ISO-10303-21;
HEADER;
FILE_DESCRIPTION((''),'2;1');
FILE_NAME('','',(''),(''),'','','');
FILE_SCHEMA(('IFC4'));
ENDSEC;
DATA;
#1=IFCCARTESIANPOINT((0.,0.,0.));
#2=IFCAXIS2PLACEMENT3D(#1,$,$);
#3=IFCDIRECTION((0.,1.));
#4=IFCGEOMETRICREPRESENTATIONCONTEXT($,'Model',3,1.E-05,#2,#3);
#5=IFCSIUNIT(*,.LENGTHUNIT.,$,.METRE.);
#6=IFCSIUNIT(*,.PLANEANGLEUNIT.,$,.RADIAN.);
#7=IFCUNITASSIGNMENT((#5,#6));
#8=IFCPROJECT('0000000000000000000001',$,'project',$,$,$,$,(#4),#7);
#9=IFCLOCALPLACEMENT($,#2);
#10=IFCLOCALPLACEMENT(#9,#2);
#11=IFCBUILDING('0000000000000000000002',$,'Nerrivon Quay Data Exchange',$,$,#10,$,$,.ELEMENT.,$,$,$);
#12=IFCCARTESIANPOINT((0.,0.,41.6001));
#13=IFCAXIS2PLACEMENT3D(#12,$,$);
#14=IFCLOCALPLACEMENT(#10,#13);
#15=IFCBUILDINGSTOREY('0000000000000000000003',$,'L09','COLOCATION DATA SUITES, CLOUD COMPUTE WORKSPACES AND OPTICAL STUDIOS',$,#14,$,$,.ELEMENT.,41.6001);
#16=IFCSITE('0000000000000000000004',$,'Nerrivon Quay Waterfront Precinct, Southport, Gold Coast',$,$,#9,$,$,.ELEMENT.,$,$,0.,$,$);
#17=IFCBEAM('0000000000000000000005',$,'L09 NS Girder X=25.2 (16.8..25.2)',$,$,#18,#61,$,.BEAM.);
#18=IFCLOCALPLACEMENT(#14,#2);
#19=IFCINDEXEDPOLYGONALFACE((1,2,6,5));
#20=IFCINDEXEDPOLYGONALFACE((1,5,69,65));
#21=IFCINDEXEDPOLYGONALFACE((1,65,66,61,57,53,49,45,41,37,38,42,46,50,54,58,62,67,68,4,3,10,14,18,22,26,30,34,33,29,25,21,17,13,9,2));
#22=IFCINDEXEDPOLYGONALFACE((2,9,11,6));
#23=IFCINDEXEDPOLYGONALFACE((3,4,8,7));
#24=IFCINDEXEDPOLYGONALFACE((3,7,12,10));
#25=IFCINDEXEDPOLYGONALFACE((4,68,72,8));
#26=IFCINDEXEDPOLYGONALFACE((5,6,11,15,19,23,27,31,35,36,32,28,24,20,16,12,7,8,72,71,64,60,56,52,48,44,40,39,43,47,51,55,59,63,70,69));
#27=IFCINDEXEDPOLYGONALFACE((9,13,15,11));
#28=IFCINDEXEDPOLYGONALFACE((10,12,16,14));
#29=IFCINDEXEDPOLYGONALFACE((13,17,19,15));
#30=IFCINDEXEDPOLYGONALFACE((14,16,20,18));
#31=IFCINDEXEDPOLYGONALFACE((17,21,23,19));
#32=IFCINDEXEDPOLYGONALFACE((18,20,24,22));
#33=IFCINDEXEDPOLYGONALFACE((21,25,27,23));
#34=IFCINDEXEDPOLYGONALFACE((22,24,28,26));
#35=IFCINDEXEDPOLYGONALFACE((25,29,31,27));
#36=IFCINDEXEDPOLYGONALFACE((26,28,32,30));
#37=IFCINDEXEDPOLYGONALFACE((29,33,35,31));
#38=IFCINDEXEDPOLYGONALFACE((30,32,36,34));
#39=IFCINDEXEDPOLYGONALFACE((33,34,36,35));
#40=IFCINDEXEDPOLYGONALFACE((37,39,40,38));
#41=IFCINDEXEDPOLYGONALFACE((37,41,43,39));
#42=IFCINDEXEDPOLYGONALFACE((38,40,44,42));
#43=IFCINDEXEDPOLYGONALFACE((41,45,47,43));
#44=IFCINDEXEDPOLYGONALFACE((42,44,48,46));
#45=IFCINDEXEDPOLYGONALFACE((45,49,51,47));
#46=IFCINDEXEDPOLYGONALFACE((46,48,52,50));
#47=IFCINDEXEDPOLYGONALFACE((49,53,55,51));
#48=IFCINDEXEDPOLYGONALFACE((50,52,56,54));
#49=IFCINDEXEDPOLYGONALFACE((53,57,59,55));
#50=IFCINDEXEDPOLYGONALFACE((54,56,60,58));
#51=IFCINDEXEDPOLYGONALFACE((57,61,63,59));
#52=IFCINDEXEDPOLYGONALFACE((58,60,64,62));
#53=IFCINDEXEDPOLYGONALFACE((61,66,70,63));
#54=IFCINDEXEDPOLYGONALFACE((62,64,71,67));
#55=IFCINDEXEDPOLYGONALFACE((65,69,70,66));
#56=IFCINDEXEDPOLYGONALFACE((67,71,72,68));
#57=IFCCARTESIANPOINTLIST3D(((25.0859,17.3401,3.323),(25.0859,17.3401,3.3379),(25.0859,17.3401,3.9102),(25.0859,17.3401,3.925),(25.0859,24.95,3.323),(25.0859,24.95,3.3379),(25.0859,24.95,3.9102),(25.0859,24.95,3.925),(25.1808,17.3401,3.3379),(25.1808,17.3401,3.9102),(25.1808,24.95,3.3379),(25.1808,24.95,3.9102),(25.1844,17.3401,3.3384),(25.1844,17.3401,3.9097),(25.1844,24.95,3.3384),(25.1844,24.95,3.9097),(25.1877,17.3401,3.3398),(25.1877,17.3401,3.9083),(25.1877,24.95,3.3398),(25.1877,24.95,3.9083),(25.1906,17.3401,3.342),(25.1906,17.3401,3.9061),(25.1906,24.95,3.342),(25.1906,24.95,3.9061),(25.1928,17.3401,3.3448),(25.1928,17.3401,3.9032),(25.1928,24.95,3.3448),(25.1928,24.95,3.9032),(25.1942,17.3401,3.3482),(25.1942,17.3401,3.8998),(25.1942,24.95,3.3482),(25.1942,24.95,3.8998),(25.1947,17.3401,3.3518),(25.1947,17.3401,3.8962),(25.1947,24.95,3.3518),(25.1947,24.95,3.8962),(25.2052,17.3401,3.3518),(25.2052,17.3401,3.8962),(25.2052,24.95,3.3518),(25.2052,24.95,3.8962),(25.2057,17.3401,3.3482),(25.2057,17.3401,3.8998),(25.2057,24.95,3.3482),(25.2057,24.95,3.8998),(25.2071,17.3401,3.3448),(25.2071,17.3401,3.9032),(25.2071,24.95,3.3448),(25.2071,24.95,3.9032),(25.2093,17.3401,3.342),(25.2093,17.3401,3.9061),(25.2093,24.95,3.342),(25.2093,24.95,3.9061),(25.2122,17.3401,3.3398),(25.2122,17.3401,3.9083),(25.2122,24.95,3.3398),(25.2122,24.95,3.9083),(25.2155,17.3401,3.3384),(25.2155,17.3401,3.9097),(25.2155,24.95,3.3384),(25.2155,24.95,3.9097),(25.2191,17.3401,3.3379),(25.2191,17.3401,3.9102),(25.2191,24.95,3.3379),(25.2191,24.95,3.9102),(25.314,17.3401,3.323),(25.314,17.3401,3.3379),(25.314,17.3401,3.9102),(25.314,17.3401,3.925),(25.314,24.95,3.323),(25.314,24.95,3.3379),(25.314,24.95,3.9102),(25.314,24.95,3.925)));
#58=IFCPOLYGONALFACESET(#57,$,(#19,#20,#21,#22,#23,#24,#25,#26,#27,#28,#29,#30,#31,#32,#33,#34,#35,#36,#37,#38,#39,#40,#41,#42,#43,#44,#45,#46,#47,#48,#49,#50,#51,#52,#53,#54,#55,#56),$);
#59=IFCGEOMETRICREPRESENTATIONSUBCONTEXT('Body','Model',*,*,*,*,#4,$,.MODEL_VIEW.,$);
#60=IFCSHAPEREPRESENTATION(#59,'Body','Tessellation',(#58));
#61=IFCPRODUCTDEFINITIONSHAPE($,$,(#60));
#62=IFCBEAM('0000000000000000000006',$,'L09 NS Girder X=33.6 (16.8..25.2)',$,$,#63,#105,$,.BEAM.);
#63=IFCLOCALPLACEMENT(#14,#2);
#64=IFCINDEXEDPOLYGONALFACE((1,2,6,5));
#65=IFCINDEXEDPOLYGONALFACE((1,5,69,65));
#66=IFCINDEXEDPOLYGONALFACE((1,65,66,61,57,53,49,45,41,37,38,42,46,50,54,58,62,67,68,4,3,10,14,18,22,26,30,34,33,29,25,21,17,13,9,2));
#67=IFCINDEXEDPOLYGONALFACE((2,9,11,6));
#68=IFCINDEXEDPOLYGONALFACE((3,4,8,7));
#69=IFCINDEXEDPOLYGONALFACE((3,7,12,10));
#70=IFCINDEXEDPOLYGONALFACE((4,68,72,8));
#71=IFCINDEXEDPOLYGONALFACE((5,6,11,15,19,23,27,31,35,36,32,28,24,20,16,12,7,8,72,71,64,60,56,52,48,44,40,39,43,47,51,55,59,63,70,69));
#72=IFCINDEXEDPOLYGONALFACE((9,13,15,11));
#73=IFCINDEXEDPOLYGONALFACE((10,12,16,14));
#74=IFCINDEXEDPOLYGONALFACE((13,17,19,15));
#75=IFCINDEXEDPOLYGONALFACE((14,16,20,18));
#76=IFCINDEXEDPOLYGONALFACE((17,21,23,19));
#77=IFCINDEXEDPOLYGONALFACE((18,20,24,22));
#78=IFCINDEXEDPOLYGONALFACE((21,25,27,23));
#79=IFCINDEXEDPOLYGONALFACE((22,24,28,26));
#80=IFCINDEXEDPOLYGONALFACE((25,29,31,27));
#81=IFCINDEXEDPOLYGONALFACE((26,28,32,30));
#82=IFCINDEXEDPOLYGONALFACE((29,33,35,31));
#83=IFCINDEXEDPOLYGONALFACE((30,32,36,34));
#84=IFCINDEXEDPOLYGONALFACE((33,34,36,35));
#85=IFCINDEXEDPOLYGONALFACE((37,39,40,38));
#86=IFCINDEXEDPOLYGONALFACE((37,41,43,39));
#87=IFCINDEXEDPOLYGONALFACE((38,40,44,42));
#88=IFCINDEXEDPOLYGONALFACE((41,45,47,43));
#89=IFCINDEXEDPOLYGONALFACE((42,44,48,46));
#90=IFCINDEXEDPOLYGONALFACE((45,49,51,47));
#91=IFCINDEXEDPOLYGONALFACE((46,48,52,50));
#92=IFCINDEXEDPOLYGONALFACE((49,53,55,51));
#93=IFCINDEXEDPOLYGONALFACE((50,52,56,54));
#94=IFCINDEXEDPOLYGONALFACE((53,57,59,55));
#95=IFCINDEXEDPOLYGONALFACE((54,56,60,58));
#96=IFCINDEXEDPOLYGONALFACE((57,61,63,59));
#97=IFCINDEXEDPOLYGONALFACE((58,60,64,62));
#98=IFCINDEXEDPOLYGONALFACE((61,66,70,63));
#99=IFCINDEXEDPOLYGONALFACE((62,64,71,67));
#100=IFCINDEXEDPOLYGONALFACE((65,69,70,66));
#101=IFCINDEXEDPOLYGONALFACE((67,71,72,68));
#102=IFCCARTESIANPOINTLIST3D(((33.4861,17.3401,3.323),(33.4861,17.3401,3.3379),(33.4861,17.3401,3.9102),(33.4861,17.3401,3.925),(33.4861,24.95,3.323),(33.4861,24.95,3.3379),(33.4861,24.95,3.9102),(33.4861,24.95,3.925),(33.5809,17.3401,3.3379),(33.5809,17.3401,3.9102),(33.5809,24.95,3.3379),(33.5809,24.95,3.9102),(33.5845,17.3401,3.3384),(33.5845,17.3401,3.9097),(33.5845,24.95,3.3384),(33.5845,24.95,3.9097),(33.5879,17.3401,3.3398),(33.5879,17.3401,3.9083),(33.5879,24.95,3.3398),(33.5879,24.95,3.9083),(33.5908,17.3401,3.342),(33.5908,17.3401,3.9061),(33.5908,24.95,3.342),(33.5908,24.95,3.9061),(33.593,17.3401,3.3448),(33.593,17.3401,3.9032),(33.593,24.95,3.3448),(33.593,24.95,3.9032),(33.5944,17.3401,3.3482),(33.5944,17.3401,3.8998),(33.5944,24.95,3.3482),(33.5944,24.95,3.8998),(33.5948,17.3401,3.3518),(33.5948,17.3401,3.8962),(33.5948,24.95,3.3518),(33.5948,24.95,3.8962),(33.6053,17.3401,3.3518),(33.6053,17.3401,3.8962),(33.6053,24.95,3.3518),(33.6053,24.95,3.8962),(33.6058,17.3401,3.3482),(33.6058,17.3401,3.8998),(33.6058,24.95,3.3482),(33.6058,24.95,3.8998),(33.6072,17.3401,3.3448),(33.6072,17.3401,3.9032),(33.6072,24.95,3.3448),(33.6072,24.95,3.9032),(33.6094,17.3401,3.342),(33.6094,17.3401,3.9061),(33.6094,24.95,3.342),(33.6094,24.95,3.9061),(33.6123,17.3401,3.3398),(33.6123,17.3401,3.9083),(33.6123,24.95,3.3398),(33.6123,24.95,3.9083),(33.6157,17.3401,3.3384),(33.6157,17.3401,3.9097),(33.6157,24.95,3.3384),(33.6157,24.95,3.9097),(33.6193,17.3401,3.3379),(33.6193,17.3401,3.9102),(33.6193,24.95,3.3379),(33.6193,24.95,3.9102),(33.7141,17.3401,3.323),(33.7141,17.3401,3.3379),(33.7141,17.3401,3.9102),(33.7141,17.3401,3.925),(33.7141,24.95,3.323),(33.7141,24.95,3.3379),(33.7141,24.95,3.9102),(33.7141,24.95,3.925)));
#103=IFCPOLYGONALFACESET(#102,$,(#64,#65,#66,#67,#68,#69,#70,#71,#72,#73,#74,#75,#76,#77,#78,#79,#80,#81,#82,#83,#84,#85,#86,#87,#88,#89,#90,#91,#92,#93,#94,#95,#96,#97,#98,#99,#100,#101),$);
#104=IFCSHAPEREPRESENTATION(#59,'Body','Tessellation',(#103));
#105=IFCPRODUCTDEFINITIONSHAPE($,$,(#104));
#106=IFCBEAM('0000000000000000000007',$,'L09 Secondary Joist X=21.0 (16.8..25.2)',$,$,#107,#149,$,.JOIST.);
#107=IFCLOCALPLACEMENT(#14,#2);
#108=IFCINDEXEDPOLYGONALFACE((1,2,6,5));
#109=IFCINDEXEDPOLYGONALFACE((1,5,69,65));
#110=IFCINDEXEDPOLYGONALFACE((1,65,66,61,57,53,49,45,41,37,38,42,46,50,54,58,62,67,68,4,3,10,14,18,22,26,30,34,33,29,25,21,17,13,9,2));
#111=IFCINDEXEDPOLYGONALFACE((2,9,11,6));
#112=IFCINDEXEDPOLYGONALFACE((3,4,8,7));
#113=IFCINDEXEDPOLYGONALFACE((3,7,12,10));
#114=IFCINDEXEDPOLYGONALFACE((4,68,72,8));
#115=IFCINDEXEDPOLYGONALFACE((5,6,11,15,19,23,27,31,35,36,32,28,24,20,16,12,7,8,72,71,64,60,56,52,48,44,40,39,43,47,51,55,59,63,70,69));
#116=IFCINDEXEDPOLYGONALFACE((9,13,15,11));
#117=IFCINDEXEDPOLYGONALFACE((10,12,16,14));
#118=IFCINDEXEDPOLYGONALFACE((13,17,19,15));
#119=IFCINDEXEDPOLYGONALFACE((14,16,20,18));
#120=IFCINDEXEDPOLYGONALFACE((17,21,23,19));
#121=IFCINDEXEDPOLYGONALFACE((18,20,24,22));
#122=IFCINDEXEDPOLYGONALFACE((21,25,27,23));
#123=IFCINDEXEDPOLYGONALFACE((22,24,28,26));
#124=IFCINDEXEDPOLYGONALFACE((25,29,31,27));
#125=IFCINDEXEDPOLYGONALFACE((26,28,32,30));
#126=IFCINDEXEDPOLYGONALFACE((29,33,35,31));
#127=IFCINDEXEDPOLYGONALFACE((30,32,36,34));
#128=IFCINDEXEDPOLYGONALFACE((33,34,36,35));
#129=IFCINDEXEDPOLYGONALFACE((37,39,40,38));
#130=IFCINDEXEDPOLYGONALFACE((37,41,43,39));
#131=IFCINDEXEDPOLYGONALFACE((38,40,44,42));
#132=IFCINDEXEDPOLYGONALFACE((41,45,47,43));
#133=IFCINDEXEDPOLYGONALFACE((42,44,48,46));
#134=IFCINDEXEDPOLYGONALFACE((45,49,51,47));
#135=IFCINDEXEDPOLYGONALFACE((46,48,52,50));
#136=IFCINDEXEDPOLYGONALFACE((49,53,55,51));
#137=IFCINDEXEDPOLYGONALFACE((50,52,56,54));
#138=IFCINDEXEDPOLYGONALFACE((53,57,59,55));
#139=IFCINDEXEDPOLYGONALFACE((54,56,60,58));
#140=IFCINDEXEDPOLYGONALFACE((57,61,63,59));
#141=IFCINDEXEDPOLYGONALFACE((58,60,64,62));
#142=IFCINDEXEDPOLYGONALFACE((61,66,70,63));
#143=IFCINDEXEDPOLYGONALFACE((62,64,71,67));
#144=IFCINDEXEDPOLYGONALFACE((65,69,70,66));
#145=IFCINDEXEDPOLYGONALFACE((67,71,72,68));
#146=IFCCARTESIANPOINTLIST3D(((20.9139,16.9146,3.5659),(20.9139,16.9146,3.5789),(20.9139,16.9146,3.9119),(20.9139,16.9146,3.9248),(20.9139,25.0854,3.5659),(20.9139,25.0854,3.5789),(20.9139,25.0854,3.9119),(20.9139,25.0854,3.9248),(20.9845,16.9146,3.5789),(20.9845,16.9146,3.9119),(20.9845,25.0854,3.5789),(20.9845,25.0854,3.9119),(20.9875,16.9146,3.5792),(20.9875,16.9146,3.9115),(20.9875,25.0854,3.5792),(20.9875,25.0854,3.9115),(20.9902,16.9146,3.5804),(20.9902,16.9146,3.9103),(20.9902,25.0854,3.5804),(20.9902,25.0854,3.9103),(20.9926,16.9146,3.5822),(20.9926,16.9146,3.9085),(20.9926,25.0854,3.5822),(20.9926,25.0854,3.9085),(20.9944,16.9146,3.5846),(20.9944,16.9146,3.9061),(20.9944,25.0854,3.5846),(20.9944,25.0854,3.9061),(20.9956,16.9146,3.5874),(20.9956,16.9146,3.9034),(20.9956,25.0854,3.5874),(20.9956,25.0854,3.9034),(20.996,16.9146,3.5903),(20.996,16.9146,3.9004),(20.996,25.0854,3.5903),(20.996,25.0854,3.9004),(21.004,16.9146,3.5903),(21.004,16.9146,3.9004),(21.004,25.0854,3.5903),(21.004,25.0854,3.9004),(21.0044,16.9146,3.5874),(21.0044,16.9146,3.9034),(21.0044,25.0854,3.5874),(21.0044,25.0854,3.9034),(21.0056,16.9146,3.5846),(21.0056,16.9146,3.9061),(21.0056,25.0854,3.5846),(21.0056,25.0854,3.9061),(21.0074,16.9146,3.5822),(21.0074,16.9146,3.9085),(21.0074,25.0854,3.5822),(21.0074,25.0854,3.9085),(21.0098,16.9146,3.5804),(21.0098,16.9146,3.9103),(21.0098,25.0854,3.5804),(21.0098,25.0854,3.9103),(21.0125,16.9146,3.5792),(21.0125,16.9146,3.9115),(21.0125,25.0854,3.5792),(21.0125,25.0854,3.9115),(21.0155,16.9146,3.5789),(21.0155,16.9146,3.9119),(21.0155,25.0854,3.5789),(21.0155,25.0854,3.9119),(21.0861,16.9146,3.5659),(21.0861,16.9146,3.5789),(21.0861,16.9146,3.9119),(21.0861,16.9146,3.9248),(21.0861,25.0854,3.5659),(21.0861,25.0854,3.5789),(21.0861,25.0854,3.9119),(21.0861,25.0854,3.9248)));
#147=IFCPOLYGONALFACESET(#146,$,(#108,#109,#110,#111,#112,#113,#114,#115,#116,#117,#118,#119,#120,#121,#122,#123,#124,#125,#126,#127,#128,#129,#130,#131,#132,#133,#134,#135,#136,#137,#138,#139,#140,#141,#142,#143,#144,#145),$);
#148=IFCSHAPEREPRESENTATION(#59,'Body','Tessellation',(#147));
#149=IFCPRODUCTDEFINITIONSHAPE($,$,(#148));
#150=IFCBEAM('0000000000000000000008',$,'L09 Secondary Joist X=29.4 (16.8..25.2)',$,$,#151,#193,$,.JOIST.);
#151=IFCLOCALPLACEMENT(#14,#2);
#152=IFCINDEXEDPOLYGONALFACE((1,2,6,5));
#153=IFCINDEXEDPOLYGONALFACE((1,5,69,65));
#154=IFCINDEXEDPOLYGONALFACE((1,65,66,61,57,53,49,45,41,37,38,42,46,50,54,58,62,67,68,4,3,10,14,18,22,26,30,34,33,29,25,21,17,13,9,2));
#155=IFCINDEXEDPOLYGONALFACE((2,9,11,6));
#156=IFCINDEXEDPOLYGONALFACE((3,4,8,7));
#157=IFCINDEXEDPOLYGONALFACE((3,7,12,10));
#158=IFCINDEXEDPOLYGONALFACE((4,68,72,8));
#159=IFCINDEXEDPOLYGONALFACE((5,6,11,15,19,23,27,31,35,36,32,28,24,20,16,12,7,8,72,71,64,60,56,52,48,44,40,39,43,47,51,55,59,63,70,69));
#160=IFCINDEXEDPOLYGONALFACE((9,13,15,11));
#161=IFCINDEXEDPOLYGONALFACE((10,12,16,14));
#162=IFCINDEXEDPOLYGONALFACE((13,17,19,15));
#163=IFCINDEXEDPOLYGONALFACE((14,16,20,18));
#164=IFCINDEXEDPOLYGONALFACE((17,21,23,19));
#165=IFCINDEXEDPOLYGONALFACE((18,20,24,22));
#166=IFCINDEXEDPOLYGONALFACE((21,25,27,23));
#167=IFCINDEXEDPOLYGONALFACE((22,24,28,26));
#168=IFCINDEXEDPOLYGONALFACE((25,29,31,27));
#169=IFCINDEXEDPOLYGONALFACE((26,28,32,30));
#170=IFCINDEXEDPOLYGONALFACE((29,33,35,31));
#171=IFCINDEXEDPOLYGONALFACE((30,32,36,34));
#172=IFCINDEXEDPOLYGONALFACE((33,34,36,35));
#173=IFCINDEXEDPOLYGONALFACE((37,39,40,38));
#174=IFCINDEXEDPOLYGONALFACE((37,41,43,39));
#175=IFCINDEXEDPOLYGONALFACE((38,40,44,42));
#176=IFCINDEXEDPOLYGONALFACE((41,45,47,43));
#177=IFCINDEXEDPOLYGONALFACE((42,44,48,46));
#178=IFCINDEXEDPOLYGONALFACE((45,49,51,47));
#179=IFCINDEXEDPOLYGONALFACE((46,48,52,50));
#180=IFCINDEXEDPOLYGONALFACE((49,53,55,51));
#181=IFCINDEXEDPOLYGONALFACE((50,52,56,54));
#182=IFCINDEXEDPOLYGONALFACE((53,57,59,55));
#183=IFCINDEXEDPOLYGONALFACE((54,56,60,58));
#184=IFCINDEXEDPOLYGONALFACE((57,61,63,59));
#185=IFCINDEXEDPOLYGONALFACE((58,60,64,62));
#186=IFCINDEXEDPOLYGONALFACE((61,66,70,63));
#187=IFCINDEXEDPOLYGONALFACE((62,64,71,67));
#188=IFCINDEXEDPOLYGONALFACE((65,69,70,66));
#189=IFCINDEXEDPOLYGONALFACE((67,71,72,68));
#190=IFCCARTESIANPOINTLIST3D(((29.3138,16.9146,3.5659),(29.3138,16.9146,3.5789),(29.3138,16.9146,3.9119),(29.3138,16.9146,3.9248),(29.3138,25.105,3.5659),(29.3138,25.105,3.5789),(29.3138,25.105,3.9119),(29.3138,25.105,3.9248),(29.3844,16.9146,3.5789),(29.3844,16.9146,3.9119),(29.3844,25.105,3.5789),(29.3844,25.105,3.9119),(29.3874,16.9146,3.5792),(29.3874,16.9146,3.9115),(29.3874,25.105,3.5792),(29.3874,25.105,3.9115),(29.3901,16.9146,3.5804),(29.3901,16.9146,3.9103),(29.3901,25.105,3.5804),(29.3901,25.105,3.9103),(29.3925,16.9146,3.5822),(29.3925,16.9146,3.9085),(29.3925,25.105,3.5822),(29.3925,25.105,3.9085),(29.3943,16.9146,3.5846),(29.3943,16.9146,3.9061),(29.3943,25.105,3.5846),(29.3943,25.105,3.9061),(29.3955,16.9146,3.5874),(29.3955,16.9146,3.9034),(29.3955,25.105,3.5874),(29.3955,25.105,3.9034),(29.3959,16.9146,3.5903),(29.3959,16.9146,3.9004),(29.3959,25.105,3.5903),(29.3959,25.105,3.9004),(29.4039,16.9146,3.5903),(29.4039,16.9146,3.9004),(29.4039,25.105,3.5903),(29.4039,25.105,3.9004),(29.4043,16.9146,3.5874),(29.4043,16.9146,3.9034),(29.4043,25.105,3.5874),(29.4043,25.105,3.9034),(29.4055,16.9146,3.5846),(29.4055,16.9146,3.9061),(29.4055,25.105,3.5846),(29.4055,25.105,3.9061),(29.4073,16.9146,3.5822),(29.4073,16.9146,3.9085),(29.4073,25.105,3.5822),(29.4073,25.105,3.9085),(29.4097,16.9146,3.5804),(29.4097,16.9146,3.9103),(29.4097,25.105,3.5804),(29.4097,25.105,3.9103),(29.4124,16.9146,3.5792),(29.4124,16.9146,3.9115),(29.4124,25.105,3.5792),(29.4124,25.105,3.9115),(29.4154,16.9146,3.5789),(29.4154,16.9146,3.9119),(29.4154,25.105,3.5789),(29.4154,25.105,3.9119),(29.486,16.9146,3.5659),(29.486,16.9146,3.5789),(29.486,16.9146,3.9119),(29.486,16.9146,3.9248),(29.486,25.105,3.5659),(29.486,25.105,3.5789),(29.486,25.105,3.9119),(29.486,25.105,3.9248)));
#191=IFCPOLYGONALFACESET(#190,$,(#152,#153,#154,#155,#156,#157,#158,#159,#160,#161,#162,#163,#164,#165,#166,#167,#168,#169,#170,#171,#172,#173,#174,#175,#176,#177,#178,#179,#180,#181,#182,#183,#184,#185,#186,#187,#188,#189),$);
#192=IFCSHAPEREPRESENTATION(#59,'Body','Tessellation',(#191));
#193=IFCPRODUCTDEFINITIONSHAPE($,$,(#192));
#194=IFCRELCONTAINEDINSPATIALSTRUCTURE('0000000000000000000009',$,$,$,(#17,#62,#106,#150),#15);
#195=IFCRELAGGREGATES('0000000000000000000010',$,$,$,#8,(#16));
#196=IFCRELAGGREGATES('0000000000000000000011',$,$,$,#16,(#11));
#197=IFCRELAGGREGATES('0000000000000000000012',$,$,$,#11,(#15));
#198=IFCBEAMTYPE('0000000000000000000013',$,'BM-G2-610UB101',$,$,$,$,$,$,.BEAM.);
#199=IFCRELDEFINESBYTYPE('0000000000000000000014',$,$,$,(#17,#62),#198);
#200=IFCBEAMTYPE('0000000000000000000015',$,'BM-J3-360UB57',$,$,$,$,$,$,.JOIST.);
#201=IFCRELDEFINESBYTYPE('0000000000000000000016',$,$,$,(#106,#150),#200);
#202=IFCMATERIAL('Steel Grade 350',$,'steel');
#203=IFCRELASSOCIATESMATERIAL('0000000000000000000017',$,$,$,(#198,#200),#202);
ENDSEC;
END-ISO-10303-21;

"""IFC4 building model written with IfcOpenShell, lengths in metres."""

from ifc_helpers import new_model, si_unit, direction, frame, origin, origin_2d, place, context, subcontext, project, spatial, i_section, extrude, material, material_profile, profile_set, type_object, element, save


model = new_model("IFC4")

# Units and contexts
model_context = context("Model", 3, precision=1e-05, world=origin(), true_north=direction((0.0, 1.0)))
body_context = subcontext(model_context, "Body", "Model", "MODEL_VIEW")
ifc_project = project(units=[si_unit("LENGTHUNIT", "METRE"), si_unit("PLANEANGLEUNIT", "RADIAN")], contexts=[model_context])

# Site, building, storey
site_placement = place(None, origin())
site = spatial("IfcSite", under=ifc_project, at=site_placement, Name="Nerrivon Quay Waterfront Precinct, Southport, Gold Coast", CompositionType="ELEMENT", RefElevation=0.0)
building_placement = place(site_placement, origin())
building = spatial("IfcBuilding", under=site, at=building_placement, Name="Nerrivon Quay Data Exchange", CompositionType="ELEMENT")
storey_placement = place(building_placement, frame((0.0, 0.0, 41.6001)))
storey = spatial("IfcBuildingStorey", under=building, at=storey_placement, Name="L09", Description="COLOCATION DATA SUITES, CLOUD COMPUTE WORKSPACES AND OPTICAL STUDIOS", CompositionType="ELEMENT", Elevation=41.6001)

# Beams
ifc_material_1 = material(Name="Steel Grade 350", Category="steel")
ifc_material_profile_1 = material_profile(ifc_material_1, i_section(OverallWidth=0.228, OverallDepth=0.6021, WebThickness=0.0105, FlangeThickness=0.0149, FilletRadius=0.0139, at=origin_2d()), Name="610UB101")
ifc_profile_set_1 = profile_set([ifc_material_profile_1], Name="Steel Grade 350")
beam_type_1 = type_object("IfcBeamType", Name="BM-G2-610UB101", PredefinedType="BEAM", material=ifc_profile_set_1)
for number, where, z_axis, x_axis, name in (
    (1, (25.2, 17.3401, 3.624), (0.0, 1.0, 0.0), (-1.0, 0.0, 0.0), "L09 NS Girder X=25.2 (16.8..25.2)"),
    (2, (33.6001, 17.3401, 3.624), (0.0, 1.0, 0.0), (-1.0, 0.0, 0.0), "L09 NS Girder X=33.6 (16.8..25.2)"),
):
    element("IfcBeam", number, at=place(storey_placement, frame(where, z_axis=z_axis, x_axis=x_axis)), inside=storey, type_object=beam_type_1, Name=name, PredefinedType="BEAM", context=body_context, shape_type="SweptSolid", body=[
        extrude(i_section(OverallWidth=0.228, OverallDepth=0.6021, WebThickness=0.0105, FlangeThickness=0.0149, FilletRadius=0.0139, at=origin_2d()), origin(), (0.0, 0.0, 1.0), 7.6099),
    ])
ifc_material_profile_2 = material_profile(ifc_material_1, i_section(OverallWidth=0.1721, OverallDepth=0.3589, WebThickness=0.0081, FlangeThickness=0.0129, FilletRadius=0.0115, at=origin_2d()), Name="360UB56.7")
ifc_profile_set_2 = profile_set([ifc_material_profile_2], Name="Steel Grade 350")
beam_type_2 = type_object("IfcBeamType", Name="BM-J3-360UB57", PredefinedType="JOIST", material=ifc_profile_set_2)
beam_1_placement = place(storey_placement, frame((21.0, 16.9146, 3.7454), z_axis=(0.0, 1.0, 0.0), x_axis=(-1.0, 0.0, 0.0)))
element("IfcBeam", 3, at=beam_1_placement, inside=storey, type_object=beam_type_2, Name="L09 Secondary Joist X=21.0 (16.8..25.2)", PredefinedType="JOIST", context=body_context, shape_type="SweptSolid", body=[
    extrude(i_section(OverallWidth=0.1721, OverallDepth=0.3589, WebThickness=0.0081, FlangeThickness=0.0129, FilletRadius=0.0115, at=origin_2d()), origin(), (0.0, 0.0, 1.0), 8.1709),
])
beam_2_placement = place(storey_placement, frame((29.3999, 16.9146, 3.7454), z_axis=(0.0, 1.0, 0.0), x_axis=(-1.0, 0.0, 0.0)))
element("IfcBeam", 4, at=beam_2_placement, inside=storey, type_object=beam_type_2, Name="L09 Secondary Joist X=29.4 (16.8..25.2)", PredefinedType="JOIST", context=body_context, shape_type="SweptSolid", body=[
    extrude(i_section(OverallWidth=0.1721, OverallDepth=0.3589, WebThickness=0.0081, FlangeThickness=0.0129, FilletRadius=0.0115, at=origin_2d()), origin(), (0.0, 0.0, 1.0), 8.1904),
])

save(model, "model.ifc")
